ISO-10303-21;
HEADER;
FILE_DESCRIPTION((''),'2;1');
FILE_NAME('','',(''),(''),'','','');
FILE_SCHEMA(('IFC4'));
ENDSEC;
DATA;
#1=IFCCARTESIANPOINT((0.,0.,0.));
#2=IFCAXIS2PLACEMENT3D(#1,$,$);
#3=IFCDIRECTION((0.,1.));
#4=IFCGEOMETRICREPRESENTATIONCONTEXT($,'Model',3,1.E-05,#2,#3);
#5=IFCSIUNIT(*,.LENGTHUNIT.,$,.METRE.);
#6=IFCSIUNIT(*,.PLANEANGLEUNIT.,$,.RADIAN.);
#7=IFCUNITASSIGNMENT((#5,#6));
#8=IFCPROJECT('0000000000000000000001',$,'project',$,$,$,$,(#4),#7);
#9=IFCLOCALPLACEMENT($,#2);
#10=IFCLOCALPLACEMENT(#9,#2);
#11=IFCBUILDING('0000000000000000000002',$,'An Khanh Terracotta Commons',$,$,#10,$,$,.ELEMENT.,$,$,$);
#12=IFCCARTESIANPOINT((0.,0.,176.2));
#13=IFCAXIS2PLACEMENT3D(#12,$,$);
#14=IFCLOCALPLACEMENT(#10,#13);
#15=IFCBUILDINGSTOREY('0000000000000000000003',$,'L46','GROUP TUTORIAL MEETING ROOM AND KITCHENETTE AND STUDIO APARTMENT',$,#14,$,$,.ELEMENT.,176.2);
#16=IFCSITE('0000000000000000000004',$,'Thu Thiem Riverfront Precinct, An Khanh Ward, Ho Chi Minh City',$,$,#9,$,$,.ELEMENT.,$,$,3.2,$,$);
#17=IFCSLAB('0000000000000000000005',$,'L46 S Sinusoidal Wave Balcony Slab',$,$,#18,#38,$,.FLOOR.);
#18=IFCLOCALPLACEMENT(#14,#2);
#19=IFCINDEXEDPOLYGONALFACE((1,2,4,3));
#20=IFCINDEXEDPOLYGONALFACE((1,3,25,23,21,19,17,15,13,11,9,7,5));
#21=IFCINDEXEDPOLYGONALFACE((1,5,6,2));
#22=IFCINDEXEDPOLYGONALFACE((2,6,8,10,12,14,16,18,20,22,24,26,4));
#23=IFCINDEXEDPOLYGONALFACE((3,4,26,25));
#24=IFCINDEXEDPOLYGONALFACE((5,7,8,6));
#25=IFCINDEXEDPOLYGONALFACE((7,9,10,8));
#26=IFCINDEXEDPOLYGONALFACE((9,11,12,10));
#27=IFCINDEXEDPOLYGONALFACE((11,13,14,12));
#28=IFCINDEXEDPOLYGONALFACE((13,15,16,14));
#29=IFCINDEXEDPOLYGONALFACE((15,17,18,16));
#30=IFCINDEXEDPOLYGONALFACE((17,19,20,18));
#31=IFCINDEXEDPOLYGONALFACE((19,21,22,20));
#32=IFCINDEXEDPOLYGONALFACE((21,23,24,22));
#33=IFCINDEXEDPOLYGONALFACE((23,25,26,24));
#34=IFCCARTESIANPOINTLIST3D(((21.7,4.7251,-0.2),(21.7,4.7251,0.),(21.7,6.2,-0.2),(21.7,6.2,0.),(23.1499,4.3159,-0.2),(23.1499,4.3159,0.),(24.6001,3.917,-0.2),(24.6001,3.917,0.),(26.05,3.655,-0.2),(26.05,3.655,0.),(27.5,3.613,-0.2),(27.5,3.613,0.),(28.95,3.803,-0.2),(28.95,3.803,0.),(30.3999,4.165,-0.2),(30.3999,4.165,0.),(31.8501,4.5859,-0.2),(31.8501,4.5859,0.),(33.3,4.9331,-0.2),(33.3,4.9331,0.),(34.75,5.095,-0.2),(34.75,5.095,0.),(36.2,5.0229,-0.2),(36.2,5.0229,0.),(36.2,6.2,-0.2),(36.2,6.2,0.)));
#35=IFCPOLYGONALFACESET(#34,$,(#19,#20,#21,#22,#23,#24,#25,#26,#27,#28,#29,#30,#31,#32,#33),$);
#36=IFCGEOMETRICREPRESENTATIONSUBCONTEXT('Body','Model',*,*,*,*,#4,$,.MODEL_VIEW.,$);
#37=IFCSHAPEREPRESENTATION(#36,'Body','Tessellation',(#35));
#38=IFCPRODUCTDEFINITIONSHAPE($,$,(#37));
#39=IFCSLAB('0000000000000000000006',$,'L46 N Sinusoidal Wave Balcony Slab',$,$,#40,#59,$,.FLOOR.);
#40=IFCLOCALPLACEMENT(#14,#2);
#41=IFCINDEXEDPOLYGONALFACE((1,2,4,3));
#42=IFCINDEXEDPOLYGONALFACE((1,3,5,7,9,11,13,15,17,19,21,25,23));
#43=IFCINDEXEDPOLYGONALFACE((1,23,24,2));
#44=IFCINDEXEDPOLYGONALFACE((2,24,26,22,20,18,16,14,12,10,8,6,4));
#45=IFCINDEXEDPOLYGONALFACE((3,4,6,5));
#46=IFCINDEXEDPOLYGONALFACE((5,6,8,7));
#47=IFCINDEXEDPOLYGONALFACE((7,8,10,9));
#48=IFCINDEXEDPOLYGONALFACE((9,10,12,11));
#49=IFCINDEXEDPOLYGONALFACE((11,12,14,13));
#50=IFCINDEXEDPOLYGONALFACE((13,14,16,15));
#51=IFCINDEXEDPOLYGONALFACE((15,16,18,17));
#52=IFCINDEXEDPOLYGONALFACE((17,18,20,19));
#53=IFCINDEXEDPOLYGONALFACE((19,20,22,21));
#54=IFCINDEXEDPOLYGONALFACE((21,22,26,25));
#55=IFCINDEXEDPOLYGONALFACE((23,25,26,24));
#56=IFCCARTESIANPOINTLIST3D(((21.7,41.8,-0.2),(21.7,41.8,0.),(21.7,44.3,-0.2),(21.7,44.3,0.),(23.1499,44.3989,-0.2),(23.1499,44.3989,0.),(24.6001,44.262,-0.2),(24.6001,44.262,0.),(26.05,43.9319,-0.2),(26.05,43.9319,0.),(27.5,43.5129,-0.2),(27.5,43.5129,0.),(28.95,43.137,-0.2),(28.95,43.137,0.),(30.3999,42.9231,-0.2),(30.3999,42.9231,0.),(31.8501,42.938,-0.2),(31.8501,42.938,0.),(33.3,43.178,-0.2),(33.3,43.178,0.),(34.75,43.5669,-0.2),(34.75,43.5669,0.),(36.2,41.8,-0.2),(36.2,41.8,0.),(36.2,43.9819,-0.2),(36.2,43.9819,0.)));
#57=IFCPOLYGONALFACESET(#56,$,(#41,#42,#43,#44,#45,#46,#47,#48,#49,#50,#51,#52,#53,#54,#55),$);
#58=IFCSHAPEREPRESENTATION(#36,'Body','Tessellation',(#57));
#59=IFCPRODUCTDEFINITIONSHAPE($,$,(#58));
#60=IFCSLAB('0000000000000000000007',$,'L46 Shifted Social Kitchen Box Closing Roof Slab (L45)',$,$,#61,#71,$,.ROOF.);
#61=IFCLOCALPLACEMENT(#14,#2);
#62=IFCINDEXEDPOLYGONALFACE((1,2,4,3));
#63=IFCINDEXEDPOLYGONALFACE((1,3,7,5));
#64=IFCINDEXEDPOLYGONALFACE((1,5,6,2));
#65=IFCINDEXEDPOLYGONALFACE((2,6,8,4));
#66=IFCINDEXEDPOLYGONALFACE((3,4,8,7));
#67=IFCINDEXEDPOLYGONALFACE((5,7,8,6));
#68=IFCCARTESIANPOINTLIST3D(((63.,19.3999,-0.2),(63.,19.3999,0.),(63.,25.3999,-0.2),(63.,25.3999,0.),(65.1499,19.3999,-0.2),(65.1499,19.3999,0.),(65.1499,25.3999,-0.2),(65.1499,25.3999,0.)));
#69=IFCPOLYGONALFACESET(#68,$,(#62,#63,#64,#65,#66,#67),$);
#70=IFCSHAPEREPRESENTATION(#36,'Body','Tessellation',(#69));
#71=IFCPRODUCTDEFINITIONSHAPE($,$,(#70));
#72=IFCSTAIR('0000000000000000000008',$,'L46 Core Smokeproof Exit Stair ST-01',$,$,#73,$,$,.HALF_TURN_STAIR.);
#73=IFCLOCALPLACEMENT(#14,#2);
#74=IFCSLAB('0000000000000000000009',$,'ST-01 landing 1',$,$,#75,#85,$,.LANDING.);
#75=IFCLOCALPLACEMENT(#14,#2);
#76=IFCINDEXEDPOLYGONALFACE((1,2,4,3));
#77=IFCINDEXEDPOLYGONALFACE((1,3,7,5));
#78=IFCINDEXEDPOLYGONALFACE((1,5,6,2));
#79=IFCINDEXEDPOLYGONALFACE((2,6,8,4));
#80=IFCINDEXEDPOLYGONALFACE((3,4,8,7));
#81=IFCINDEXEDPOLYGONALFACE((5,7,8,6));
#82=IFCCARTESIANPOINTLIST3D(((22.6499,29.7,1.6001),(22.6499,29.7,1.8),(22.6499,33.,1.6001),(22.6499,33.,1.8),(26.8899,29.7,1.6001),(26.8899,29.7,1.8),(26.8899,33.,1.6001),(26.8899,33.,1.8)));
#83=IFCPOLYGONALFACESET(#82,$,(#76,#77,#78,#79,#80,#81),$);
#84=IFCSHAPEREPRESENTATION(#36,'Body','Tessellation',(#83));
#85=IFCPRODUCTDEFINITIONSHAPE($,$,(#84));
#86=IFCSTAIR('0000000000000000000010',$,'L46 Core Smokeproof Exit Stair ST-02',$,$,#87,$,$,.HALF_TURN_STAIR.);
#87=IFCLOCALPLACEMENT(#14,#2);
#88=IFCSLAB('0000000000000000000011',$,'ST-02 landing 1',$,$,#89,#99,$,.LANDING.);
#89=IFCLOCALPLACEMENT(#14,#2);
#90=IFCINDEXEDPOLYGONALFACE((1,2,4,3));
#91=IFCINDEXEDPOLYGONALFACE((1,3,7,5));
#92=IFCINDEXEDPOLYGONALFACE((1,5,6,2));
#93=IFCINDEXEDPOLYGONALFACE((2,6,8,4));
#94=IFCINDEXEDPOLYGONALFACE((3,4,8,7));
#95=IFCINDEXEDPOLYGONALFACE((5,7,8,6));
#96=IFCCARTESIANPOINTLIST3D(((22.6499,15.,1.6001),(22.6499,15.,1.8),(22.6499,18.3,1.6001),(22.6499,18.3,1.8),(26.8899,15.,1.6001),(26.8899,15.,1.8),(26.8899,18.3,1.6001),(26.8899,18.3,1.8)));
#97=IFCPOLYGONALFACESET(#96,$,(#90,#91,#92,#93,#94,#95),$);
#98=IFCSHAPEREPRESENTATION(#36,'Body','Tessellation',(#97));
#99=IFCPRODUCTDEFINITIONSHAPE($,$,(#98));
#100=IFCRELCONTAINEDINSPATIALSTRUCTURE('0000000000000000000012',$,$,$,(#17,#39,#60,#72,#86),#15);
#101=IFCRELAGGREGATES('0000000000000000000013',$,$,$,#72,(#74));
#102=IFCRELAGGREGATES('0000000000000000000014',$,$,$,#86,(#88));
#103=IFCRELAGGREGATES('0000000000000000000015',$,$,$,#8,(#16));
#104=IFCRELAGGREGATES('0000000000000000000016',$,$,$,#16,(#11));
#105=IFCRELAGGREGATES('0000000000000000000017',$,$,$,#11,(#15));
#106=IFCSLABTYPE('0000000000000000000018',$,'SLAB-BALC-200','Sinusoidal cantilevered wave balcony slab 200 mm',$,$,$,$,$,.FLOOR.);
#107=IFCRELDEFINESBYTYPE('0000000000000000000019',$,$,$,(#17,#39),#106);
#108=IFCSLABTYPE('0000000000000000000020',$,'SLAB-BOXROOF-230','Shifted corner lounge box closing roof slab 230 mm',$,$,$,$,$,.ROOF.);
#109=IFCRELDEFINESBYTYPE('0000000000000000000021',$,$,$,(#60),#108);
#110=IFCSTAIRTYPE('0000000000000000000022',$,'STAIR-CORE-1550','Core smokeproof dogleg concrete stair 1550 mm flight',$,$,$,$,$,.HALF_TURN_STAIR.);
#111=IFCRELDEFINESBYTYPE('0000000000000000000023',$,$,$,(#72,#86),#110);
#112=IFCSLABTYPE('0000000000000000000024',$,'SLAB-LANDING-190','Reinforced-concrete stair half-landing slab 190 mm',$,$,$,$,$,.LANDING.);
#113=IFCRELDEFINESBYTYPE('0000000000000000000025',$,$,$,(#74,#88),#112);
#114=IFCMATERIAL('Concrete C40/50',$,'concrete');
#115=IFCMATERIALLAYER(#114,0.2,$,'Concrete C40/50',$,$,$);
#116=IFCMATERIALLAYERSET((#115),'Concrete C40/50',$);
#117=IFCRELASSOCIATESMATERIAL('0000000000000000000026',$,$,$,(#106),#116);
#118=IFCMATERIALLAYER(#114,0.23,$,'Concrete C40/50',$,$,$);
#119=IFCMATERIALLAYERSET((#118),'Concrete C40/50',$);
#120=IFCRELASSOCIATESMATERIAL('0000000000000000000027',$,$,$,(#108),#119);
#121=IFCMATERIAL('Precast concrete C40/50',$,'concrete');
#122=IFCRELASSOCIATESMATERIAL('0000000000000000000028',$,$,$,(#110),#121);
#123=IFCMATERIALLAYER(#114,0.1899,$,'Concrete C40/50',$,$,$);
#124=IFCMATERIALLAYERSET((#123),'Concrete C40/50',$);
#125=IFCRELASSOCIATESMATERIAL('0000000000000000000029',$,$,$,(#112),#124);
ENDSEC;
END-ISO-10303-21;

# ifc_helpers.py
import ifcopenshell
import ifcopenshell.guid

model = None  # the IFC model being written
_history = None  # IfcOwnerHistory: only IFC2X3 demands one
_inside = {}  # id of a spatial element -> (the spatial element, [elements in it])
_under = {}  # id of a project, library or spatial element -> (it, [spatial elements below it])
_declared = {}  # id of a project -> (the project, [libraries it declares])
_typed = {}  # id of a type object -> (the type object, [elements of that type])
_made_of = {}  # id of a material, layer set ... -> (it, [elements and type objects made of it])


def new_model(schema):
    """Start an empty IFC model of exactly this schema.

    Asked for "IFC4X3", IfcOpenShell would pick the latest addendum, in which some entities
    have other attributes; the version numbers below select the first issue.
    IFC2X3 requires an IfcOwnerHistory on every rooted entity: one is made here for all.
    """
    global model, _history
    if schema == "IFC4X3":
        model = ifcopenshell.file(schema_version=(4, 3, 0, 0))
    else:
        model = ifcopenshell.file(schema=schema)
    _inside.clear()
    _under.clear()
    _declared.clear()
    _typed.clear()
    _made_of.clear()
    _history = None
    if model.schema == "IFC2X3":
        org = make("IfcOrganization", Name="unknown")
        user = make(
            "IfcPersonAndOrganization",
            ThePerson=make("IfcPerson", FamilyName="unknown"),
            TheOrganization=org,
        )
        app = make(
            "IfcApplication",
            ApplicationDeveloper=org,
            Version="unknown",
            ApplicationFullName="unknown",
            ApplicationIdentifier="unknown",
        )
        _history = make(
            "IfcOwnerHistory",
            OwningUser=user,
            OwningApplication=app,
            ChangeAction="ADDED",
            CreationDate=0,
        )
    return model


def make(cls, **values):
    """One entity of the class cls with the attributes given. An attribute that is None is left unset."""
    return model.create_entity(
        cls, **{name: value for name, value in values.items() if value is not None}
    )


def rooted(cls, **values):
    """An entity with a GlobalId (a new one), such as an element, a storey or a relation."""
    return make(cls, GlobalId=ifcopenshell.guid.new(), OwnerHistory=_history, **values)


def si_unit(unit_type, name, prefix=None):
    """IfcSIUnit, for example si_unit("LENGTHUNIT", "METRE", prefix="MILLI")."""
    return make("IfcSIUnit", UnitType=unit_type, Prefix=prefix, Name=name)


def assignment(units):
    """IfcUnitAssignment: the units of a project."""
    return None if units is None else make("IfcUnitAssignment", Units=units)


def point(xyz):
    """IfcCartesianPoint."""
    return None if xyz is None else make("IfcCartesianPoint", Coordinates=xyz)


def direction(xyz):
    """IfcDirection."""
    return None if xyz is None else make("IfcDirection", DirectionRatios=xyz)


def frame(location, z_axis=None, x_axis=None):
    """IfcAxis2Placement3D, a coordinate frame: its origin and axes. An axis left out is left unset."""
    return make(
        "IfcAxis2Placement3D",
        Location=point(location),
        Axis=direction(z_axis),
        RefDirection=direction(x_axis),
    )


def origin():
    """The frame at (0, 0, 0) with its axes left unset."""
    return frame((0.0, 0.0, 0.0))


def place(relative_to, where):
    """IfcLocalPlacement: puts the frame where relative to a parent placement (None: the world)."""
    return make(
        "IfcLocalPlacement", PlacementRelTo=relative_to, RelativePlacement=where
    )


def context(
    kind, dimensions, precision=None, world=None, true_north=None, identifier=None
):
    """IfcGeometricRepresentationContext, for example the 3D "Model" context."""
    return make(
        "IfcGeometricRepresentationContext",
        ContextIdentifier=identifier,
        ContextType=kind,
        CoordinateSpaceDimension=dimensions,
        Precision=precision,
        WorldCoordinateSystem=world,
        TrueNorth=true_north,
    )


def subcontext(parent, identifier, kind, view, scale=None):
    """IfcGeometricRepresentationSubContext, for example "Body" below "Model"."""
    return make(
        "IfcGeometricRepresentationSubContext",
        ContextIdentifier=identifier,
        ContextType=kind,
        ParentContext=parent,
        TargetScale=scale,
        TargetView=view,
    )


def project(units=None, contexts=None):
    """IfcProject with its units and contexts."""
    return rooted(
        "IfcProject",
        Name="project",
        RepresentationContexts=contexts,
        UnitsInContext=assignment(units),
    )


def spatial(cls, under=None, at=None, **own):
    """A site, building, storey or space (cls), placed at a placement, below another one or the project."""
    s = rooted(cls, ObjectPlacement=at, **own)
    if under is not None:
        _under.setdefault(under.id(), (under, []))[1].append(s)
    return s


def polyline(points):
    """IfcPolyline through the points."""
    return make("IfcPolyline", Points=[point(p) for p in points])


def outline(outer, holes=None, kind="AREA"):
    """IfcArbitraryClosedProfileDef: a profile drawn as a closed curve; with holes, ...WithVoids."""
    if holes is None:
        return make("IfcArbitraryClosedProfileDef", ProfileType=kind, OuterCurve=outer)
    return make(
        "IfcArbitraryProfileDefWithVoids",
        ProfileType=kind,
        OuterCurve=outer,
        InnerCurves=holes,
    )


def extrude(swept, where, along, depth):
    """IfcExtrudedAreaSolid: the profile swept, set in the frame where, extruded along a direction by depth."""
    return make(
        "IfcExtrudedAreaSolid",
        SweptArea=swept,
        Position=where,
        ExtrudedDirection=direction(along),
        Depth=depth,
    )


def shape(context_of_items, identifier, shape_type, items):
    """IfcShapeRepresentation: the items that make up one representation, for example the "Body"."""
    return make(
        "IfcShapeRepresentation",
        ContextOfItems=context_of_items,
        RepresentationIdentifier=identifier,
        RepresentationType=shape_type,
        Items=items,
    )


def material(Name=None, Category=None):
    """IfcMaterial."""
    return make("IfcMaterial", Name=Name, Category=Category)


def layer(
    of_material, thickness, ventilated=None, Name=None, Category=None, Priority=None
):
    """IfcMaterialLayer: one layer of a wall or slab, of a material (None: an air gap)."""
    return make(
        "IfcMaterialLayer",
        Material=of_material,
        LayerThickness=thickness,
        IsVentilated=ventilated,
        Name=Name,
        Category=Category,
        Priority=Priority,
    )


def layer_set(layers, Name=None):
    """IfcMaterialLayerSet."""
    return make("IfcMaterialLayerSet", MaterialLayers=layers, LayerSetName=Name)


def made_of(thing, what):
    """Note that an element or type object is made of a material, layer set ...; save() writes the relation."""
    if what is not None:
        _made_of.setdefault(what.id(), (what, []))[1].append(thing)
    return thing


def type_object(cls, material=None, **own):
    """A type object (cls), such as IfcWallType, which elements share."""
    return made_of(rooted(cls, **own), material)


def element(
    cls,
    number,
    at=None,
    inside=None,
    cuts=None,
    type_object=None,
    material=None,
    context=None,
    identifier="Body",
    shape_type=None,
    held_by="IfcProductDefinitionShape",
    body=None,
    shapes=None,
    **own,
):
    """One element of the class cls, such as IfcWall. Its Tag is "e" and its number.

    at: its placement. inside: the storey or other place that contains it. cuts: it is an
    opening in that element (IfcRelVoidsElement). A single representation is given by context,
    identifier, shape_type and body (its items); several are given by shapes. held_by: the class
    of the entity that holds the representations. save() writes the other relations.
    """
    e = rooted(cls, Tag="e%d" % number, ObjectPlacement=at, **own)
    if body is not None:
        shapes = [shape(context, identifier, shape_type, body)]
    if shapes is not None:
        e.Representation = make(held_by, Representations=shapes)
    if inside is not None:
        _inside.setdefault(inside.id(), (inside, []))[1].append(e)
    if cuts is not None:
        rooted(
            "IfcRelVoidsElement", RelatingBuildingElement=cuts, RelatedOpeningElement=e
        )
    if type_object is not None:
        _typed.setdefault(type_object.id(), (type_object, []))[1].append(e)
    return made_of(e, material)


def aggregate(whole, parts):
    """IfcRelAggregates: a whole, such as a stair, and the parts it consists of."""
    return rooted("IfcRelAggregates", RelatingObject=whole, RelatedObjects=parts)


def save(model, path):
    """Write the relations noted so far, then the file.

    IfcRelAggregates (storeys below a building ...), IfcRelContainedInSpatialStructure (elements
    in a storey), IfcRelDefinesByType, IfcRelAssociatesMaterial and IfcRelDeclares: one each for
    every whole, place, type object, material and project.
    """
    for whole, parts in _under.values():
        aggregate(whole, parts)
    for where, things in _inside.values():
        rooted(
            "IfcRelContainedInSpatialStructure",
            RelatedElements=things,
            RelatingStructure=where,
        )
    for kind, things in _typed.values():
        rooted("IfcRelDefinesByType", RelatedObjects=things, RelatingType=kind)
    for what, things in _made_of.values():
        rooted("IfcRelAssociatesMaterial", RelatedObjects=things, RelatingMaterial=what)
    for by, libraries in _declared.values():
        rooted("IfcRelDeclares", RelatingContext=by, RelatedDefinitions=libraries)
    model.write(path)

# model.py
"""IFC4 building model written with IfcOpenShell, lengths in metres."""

from ifc_helpers import new_model, si_unit, direction, frame, origin, place, context, subcontext, project, spatial, polyline, outline, extrude, material, layer, layer_set, type_object, element, aggregate, save


model = new_model("IFC4")

# Units and contexts
model_context = context("Model", 3, precision=1e-05, world=origin(), true_north=direction((0.0, 1.0)))
body_context = subcontext(model_context, "Body", "Model", "MODEL_VIEW")
ifc_project = project(units=[si_unit("LENGTHUNIT", "METRE"), si_unit("PLANEANGLEUNIT", "RADIAN")], contexts=[model_context])

# Site, building, storey
site_placement = place(None, origin())
site = spatial("IfcSite", under=ifc_project, at=site_placement, Name="Thu Thiem Riverfront Precinct, An Khanh Ward, Ho Chi Minh City", CompositionType="ELEMENT", RefElevation=3.2)
building_placement = place(site_placement, origin())
building = spatial("IfcBuilding", under=site, at=building_placement, Name="An Khanh Terracotta Commons", CompositionType="ELEMENT")
storey_placement = place(building_placement, frame((0.0, 0.0, 176.2)))
storey = spatial("IfcBuildingStorey", under=building, at=storey_placement, Name="L46", Description="GROUP TUTORIAL MEETING ROOM AND KITCHENETTE AND STUDIO APARTMENT", CompositionType="ELEMENT", Elevation=176.2)

# Slabs
ifc_material_1 = material(Name="Concrete C40/50", Category="concrete")
ifc_layer_1 = layer(ifc_material_1, 0.2, Name="Concrete C40/50")
ifc_layer_set_1 = layer_set([ifc_layer_1], Name="Concrete C40/50")
slab_type_1 = type_object("IfcSlabType", Name="SLAB-BALC-200", Description="Sinusoidal cantilevered wave balcony slab 200 mm", PredefinedType="FLOOR", material=ifc_layer_set_1)
slab_1_placement = place(storey_placement, frame((0.0, 0.0, -0.2)))
element("IfcSlab", 1, at=slab_1_placement, inside=storey, type_object=slab_type_1, Name="L46 S Sinusoidal Wave Balcony Slab", PredefinedType="FLOOR", context=body_context, shape_type="SweptSolid", body=[
    extrude(outline(polyline([(21.7, 6.2), (21.7, 4.7251), (23.1499, 4.3159), (24.6001, 3.917), (26.05, 3.655), (27.5, 3.613), (28.95, 3.803), (30.3999, 4.165), (31.8501, 4.5859), (33.3, 4.9331), (34.75, 5.095), (36.2, 5.0229), (36.2, 6.2), (21.7, 6.2)])), origin(), (0.0, 0.0, 1.0), 0.2),
])
slab_2_placement = place(storey_placement, frame((0.0, 0.0, -0.2)))
element("IfcSlab", 2, at=slab_2_placement, inside=storey, type_object=slab_type_1, Name="L46 N Sinusoidal Wave Balcony Slab", PredefinedType="FLOOR", context=body_context, shape_type="SweptSolid", body=[
    extrude(outline(polyline([(36.2, 41.8), (36.2, 43.9819), (34.75, 43.5669), (33.3, 43.178), (31.8501, 42.938), (30.3999, 42.9231), (28.95, 43.137), (27.5, 43.5129), (26.05, 43.9319), (24.6001, 44.262), (23.1499, 44.3989), (21.7, 44.3), (21.7, 41.8), (36.2, 41.8)])), origin(), (0.0, 0.0, 1.0), 0.2),
])
ifc_layer_2 = layer(ifc_material_1, 0.23, Name="Concrete C40/50")
ifc_layer_set_2 = layer_set([ifc_layer_2], Name="Concrete C40/50")
slab_type_2 = type_object("IfcSlabType", Name="SLAB-BOXROOF-230", Description="Shifted corner lounge box closing roof slab 230 mm", PredefinedType="ROOF", material=ifc_layer_set_2)
slab_3_placement = place(storey_placement, frame((0.0, 0.0, -0.2)))
element("IfcSlab", 3, at=slab_3_placement, inside=storey, type_object=slab_type_2, Name="L46 Shifted Social Kitchen Box Closing Roof Slab (L45)", PredefinedType="ROOF", context=body_context, shape_type="SweptSolid", body=[
    extrude(outline(polyline([(63.0, 19.3999), (65.1499, 19.3999), (65.1499, 25.3999), (63.0, 25.3999), (63.0, 19.3999)])), origin(), (0.0, 0.0, 1.0), 0.2),
])

# Stairs, slabs
ifc_material_2 = material(Name="Precast concrete C40/50", Category="concrete")
stair_type = type_object("IfcStairType", Name="STAIR-CORE-1550", Description="Core smokeproof dogleg concrete stair 1550 mm flight", PredefinedType="HALF_TURN_STAIR", material=ifc_material_2)
stair_1_placement = place(storey_placement, origin())
stair_1 = element("IfcStair", 4, at=stair_1_placement, inside=storey, type_object=stair_type, Name="L46 Core Smokeproof Exit Stair ST-01", PredefinedType="HALF_TURN_STAIR")
ifc_layer_3 = layer(ifc_material_1, 0.1899, Name="Concrete C40/50")
ifc_layer_set_3 = layer_set([ifc_layer_3], Name="Concrete C40/50")
slab_type_3 = type_object("IfcSlabType", Name="SLAB-LANDING-190", Description="Reinforced-concrete stair half-landing slab 190 mm", PredefinedType="LANDING", material=ifc_layer_set_3)
slab_4_placement = place(storey_placement, frame((0.0, 0.0, 1.6001)))
slab_4 = element("IfcSlab", 5, at=slab_4_placement, type_object=slab_type_3, Name="ST-01 landing 1", PredefinedType="LANDING", context=body_context, shape_type="SweptSolid", body=[
    extrude(outline(polyline([(26.8899, 33.0), (22.6499, 33.0), (22.6499, 29.7), (26.8899, 29.7), (26.8899, 33.0)])), origin(), (0.0, 0.0, 1.0), 0.2),
])
aggregate(stair_1, [slab_4])
stair_2_placement = place(storey_placement, origin())
stair_2 = element("IfcStair", 6, at=stair_2_placement, inside=storey, type_object=stair_type, Name="L46 Core Smokeproof Exit Stair ST-02", PredefinedType="HALF_TURN_STAIR")
slab_5_placement = place(storey_placement, frame((0.0, 0.0, 1.6001)))
slab_5 = element("IfcSlab", 7, at=slab_5_placement, type_object=slab_type_3, Name="ST-02 landing 1", PredefinedType="LANDING", context=body_context, shape_type="SweptSolid", body=[
    extrude(outline(polyline([(26.8899, 18.3), (22.6499, 18.3), (22.6499, 15.0), (26.8899, 15.0), (26.8899, 18.3)])), origin(), (0.0, 0.0, 1.0), 0.2),
])
aggregate(stair_2, [slab_5])

save(model, "model.ifc")
